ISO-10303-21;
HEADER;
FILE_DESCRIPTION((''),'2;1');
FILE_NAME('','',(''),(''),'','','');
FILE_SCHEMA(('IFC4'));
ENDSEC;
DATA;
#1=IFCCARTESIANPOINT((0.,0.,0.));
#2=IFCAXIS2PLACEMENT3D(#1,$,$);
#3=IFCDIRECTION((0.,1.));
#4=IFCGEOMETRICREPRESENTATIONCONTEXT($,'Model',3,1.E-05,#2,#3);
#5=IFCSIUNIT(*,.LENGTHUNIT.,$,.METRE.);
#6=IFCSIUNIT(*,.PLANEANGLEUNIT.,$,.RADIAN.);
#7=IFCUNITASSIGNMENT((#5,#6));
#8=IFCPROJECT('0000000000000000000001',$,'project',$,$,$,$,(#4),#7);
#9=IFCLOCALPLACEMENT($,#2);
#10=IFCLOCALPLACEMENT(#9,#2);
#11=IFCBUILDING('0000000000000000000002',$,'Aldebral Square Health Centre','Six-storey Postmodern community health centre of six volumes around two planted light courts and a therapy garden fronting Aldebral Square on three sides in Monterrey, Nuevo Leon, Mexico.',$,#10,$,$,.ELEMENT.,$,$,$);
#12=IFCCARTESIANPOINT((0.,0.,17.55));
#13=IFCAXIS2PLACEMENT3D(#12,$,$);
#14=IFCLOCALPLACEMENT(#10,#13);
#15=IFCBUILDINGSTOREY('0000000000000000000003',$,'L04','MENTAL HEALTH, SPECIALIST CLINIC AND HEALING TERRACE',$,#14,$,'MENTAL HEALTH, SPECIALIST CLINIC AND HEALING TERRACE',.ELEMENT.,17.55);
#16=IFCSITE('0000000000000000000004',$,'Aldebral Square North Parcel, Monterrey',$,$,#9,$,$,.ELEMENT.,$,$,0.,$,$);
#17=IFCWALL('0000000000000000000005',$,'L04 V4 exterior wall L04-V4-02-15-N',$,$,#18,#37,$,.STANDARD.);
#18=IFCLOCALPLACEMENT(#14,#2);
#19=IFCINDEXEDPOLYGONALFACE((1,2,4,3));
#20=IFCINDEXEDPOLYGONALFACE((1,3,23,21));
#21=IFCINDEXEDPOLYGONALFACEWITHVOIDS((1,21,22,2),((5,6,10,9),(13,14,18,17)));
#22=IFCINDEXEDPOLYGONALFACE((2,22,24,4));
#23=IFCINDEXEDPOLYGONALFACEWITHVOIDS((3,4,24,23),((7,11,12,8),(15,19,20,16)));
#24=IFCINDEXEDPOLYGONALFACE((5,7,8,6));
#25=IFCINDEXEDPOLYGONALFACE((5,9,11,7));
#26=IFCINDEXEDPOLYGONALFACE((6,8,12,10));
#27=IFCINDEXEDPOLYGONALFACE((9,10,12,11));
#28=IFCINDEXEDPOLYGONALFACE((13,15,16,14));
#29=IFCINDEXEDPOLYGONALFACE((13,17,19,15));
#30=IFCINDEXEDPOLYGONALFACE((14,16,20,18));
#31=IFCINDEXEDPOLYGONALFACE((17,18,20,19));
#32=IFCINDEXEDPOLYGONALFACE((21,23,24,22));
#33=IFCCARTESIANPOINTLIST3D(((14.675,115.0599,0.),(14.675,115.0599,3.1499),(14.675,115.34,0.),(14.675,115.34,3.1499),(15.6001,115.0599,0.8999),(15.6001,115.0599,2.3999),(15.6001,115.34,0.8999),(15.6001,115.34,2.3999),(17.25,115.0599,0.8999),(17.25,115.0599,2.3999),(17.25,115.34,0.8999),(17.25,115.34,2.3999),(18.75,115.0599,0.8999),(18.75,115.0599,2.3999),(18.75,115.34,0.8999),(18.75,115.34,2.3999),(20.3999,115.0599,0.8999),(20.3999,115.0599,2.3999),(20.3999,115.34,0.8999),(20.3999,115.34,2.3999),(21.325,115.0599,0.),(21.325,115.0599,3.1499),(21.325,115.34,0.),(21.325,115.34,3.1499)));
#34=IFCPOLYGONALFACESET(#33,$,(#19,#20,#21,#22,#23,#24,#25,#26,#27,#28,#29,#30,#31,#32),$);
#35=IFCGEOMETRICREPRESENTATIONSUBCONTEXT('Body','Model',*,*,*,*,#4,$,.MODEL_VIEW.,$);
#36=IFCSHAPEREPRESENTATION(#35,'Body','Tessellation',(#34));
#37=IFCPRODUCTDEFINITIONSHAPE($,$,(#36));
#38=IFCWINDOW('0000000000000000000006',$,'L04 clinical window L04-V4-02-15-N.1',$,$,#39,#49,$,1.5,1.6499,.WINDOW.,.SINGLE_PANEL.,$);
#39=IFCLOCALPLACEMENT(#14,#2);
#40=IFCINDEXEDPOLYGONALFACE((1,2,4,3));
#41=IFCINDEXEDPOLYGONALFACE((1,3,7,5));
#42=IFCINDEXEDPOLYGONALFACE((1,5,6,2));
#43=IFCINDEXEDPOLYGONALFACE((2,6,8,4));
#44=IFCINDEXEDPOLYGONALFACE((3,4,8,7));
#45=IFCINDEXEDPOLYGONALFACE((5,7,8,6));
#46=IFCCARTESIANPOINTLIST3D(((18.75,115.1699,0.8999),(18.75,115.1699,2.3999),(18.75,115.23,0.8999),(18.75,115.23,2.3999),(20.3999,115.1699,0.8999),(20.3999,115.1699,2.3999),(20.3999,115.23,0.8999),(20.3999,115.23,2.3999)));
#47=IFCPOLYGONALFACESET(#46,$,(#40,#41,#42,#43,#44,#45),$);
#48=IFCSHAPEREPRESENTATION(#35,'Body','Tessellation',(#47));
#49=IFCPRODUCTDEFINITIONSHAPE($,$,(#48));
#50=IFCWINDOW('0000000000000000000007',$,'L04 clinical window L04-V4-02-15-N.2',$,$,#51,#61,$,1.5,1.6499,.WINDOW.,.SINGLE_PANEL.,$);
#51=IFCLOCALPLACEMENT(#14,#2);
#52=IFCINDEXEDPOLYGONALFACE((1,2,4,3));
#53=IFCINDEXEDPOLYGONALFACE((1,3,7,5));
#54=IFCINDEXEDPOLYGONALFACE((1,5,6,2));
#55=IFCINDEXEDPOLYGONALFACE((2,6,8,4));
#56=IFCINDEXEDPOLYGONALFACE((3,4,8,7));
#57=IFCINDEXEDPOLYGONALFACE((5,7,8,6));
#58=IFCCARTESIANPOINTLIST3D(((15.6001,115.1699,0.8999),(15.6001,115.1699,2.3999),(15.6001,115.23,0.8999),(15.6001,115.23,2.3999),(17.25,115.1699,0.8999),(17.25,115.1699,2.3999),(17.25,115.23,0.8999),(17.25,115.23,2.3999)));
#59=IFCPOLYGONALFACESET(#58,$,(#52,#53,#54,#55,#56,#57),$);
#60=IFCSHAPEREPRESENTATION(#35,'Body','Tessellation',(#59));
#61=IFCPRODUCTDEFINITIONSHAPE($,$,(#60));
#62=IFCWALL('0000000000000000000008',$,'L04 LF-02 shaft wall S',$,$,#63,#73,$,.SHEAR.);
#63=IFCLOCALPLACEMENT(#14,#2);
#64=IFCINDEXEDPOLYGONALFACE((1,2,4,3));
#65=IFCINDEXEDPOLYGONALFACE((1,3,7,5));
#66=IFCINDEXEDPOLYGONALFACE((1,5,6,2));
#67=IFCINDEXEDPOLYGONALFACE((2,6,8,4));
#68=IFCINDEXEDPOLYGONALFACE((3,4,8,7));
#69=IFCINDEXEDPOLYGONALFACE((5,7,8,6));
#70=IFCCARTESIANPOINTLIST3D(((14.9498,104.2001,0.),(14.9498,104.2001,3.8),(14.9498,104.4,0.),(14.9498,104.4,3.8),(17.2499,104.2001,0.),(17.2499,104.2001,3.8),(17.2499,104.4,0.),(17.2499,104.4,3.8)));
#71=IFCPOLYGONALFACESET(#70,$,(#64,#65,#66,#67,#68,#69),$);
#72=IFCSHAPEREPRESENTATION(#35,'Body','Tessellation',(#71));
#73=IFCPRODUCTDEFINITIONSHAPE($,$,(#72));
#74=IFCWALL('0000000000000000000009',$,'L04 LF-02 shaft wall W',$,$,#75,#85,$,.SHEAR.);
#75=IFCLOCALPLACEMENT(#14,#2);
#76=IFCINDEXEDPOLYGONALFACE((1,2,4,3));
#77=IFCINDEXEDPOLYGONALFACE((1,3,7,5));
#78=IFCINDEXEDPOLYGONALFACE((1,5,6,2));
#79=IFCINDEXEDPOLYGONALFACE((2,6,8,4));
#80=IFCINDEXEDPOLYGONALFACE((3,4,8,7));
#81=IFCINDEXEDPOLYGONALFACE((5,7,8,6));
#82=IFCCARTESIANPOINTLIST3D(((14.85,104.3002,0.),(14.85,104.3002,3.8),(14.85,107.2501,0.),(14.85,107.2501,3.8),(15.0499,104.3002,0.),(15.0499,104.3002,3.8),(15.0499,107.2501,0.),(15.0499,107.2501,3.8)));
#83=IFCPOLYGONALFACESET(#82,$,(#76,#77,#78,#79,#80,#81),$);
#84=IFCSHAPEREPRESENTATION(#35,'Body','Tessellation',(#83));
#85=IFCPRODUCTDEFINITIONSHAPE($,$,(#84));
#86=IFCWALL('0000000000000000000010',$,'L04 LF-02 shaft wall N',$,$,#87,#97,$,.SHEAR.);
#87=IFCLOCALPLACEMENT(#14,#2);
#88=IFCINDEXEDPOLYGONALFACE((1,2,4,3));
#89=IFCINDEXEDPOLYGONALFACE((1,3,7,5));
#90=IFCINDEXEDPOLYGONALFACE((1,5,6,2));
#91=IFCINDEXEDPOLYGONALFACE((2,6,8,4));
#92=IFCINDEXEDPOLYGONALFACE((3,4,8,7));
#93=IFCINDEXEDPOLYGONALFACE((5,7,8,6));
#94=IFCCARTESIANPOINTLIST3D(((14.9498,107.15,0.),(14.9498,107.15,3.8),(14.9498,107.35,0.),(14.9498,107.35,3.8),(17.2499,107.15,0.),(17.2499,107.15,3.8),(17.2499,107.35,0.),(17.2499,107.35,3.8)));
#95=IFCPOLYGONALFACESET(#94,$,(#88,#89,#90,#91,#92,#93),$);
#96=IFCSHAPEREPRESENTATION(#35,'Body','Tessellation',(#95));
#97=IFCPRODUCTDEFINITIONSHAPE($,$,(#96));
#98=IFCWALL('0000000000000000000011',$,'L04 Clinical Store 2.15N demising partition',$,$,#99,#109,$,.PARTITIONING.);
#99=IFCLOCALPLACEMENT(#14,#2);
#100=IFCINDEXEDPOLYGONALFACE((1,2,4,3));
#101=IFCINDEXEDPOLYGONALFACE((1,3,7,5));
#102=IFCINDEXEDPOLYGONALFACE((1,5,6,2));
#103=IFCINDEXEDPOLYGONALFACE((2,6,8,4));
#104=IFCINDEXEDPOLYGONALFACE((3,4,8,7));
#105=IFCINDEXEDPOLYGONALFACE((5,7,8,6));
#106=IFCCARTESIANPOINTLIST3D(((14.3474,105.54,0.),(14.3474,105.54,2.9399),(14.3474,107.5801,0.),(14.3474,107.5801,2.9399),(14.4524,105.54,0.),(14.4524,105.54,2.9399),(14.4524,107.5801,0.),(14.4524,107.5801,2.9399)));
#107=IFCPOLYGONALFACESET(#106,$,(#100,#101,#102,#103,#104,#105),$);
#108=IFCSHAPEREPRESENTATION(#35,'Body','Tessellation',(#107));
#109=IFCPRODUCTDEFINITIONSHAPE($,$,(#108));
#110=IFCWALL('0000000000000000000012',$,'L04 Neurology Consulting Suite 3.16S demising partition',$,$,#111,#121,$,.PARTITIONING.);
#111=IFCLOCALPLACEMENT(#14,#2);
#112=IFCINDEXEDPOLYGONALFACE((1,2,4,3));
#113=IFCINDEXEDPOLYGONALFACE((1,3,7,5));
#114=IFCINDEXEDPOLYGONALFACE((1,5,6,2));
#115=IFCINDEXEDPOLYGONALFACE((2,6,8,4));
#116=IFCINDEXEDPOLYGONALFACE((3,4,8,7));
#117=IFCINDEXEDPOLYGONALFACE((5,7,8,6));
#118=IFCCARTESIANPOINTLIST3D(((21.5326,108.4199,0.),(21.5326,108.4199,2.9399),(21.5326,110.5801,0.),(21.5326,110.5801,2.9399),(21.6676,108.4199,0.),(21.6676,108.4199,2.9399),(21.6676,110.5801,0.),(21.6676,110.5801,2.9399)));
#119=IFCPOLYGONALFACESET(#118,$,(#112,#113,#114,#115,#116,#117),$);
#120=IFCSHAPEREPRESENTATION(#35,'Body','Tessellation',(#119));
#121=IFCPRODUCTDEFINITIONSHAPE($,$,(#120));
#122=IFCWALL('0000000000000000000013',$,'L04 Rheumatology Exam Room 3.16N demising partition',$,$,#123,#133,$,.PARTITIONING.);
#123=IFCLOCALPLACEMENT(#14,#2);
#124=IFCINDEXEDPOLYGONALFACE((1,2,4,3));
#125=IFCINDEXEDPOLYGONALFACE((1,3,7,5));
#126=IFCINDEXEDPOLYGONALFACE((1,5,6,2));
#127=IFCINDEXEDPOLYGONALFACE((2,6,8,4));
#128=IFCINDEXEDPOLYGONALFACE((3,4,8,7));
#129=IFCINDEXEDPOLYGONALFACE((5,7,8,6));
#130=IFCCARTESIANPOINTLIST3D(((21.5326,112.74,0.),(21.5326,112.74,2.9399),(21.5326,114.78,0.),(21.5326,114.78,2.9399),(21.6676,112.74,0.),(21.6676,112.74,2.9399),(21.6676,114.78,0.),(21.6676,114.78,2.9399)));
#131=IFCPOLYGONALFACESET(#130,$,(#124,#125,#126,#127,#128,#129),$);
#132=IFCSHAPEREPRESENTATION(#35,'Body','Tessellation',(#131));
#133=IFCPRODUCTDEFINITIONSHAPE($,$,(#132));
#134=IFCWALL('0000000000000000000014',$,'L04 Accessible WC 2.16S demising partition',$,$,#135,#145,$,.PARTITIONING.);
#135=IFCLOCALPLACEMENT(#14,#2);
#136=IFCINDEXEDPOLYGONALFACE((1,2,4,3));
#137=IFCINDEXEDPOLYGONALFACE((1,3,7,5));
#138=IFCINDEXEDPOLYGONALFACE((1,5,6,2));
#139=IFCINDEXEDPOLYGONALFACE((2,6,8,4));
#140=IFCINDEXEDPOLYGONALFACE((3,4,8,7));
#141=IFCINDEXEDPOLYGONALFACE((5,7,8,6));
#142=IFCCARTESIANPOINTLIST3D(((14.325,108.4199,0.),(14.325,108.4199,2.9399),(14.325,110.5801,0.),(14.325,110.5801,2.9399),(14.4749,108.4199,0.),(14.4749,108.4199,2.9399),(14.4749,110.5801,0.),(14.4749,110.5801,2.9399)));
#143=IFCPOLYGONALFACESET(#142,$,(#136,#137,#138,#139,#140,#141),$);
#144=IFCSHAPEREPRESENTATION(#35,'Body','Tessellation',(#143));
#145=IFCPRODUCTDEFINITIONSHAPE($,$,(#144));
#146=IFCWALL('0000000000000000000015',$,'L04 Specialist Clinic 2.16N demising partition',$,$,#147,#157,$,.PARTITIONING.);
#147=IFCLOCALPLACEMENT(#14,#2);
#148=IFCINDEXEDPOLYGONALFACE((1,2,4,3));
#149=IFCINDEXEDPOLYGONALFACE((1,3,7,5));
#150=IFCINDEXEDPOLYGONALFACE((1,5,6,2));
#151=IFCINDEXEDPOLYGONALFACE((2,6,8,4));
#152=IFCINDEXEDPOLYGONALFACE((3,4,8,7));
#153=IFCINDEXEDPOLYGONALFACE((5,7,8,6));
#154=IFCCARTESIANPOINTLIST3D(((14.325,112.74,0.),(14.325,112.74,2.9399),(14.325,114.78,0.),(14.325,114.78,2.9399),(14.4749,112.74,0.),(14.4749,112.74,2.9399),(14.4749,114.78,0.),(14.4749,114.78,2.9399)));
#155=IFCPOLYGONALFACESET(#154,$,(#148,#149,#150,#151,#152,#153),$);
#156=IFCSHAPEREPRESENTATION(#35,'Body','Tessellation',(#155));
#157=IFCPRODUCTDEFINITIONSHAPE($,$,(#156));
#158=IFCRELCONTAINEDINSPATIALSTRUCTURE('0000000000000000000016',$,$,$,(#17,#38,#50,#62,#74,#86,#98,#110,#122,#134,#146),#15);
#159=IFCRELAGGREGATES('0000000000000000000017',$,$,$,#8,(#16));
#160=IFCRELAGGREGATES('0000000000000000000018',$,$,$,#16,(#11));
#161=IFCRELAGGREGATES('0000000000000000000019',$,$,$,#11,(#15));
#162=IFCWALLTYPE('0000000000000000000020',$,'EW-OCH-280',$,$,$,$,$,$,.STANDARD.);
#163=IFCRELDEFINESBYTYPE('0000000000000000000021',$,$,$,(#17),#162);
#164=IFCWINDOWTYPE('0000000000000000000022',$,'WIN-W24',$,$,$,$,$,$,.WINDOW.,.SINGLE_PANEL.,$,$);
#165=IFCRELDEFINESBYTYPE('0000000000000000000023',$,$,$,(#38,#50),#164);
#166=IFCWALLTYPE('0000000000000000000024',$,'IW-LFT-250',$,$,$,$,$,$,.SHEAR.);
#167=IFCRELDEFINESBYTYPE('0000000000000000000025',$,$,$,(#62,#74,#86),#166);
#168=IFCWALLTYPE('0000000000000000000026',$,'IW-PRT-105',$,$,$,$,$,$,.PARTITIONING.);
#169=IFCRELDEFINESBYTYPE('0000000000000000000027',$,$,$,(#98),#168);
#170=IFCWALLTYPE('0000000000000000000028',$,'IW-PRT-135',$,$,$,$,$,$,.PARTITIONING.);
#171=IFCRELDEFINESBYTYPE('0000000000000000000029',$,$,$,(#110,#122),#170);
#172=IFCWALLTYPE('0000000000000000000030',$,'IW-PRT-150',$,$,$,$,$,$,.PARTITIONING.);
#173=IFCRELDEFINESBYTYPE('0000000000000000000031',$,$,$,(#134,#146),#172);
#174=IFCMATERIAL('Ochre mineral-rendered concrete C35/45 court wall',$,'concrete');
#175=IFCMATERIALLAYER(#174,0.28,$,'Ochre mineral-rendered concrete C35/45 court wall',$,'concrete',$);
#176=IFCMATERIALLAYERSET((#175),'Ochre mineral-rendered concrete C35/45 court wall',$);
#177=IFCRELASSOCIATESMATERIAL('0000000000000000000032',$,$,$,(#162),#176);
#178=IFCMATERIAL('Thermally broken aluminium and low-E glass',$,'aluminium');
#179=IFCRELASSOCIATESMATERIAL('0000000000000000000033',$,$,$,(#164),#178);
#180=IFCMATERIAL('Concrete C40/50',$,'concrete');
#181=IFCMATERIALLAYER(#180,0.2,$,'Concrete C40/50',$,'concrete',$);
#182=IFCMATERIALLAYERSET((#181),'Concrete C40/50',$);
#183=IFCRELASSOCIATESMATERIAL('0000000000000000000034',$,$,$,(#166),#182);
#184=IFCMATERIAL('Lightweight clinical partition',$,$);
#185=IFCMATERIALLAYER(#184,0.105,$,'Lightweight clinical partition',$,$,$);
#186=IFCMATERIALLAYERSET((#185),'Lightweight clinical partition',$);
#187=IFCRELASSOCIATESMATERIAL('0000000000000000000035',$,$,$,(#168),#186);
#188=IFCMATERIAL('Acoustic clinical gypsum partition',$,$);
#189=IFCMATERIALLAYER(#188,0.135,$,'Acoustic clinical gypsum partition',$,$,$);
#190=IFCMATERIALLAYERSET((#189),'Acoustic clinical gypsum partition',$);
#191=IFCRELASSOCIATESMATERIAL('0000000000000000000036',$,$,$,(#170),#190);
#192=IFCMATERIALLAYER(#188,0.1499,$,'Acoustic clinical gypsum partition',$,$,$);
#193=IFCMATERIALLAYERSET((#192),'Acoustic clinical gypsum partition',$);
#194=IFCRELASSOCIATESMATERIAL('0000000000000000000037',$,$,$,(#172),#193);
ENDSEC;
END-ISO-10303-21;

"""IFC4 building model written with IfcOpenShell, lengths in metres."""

from ifc_helpers import new_model, si_unit, direction, frame, frame_2d, origin, place, context, subcontext, project, spatial, rectangle, extrude, material, layer, layer_set, type_object, element, fill, save


model = new_model("IFC4")

# Units and contexts
model_context = context("Model", 3, precision=1e-05, world=origin(), true_north=direction((0.0, 1.0)))
body_context = subcontext(model_context, "Body", "Model", "MODEL_VIEW")
ifc_project = project(units=[si_unit("LENGTHUNIT", "METRE"), si_unit("PLANEANGLEUNIT", "RADIAN")], contexts=[model_context])

# Site, building, storey
site_placement = place(None, origin())
site = spatial("IfcSite", under=ifc_project, at=site_placement, Name="Aldebral Square North Parcel, Monterrey", CompositionType="ELEMENT", RefElevation=0.0)
building_placement = place(site_placement, origin())
building = spatial("IfcBuilding", under=site, at=building_placement, Name="Aldebral Square Health Centre", Description="Six-storey Postmodern community health centre of six volumes around two planted light courts and a therapy garden fronting Aldebral Square on three sides in Monterrey, Nuevo Leon, Mexico.", CompositionType="ELEMENT")
storey_placement = place(building_placement, frame((0.0, 0.0, 17.55)))
storey = spatial("IfcBuildingStorey", under=building, at=storey_placement, Name="L04", Description="MENTAL HEALTH, SPECIALIST CLINIC AND HEALING TERRACE", LongName="MENTAL HEALTH, SPECIALIST CLINIC AND HEALING TERRACE", CompositionType="ELEMENT", Elevation=17.55)

# Shared definitions
ifc_material_1 = material(Name="Concrete C40/50", Category="concrete")

# Wall, openings, windows
ifc_material_2 = material(Name="Ochre mineral-rendered concrete C35/45 court wall", Category="concrete")
ifc_layer_1 = layer(ifc_material_2, 0.28, Name="Ochre mineral-rendered concrete C35/45 court wall", Category="concrete")
ifc_layer_set_1 = layer_set([ifc_layer_1], Name="Ochre mineral-rendered concrete C35/45 court wall")
wall_type_1 = type_object("IfcWallType", Name="EW-OCH-280", PredefinedType="STANDARD", material=ifc_layer_set_1)
ifc_material_3 = material(Name="Thermally broken aluminium and low-E glass", Category="aluminium")
wall_1_placement = place(storey_placement, frame((21.325, 115.2, 0.0), z_axis=(0.0, 0.0, 1.0), x_axis=(-1.0, 0.0, 0.0)))
wall_1 = element("IfcWall", 1, at=wall_1_placement, inside=storey, type_object=wall_type_1, Name="L04 V4 exterior wall L04-V4-02-15-N", PredefinedType="STANDARD", context=body_context, shape_type="SweptSolid", body=[
    extrude(rectangle(XDim=6.6499, YDim=0.28, at=frame_2d((3.325, 0.0))), origin(), (0.0, 0.0, 1.0), 3.1499),
])
opening_1_placement = place(wall_1_placement, frame((0.925, 0.0, 0.8999)))
opening_1 = element("IfcOpeningElement", 2, at=opening_1_placement, cuts=wall_1, PredefinedType="OPENING", context=body_context, shape_type="SweptSolid", body=[
    extrude(rectangle(XDim=1.6499, YDim=1.5, at=frame_2d((0.825, 0.75))), frame((0.0, 0.1499, 0.0), z_axis=(0.0, -1.0, 0.0), x_axis=(1.0, 0.0, 0.0)), (0.0, 0.0, 1.0), 0.3),
])
opening_2_placement = place(wall_1_placement, frame((4.075, 0.0, 0.8999)))
opening_2 = element("IfcOpeningElement", 3, at=opening_2_placement, cuts=wall_1, PredefinedType="OPENING", context=body_context, shape_type="SweptSolid", body=[
    extrude(rectangle(XDim=1.6499, YDim=1.5, at=frame_2d((0.825, 0.75))), frame((0.0, 0.1499, 0.0), z_axis=(0.0, -1.0, 0.0), x_axis=(1.0, 0.0, 0.0)), (0.0, 0.0, 1.0), 0.3),
])
window_type_1 = type_object("IfcWindowType", Name="WIN-W24", PartitioningType="SINGLE_PANEL", PredefinedType="WINDOW", material=ifc_material_3)
window_1_placement = place(opening_1_placement, origin())
window_1 = element("IfcWindow", 4, at=window_1_placement, inside=storey, type_object=window_type_1, Name="L04 clinical window L04-V4-02-15-N.1", OverallHeight=1.5, OverallWidth=1.6499, PartitioningType="SINGLE_PANEL", PredefinedType="WINDOW", context=body_context, shape_type="SweptSolid", body=[
    extrude(rectangle(XDim=1.6499, YDim=1.5, at=frame_2d((0.825, 0.75))), frame((0.0, 0.03, 0.0), z_axis=(0.0, -1.0, 0.0), x_axis=(1.0, 0.0, 0.0)), (0.0, 0.0, 1.0), 0.0601),
])
fill(opening_1, window_1)
window_2_placement = place(opening_2_placement, origin())
window_2 = element("IfcWindow", 5, at=window_2_placement, inside=storey, type_object=window_type_1, Name="L04 clinical window L04-V4-02-15-N.2", OverallHeight=1.5, OverallWidth=1.6499, PartitioningType="SINGLE_PANEL", PredefinedType="WINDOW", context=body_context, shape_type="SweptSolid", body=[
    extrude(rectangle(XDim=1.6499, YDim=1.5, at=frame_2d((0.825, 0.75))), frame((0.0, 0.03, 0.0), z_axis=(0.0, -1.0, 0.0), x_axis=(1.0, 0.0, 0.0)), (0.0, 0.0, 1.0), 0.0601),
])
fill(opening_2, window_2)

# Walls
ifc_layer_2 = layer(ifc_material_1, 0.2, Name="Concrete C40/50", Category="concrete")
ifc_layer_set_2 = layer_set([ifc_layer_2], Name="Concrete C40/50")
wall_type_2 = type_object("IfcWallType", Name="IW-LFT-250", PredefinedType="SHEAR", material=ifc_layer_set_2)
wall_2_placement = place(storey_placement, frame((14.95, 104.3, 0.0), z_axis=(0.0, 0.0, 1.0), x_axis=(1.0, 0.0, 0.0)))
element("IfcWall", 6, at=wall_2_placement, inside=storey, type_object=wall_type_2, Name="L04 LF-02 shaft wall S", PredefinedType="SHEAR", context=body_context, shape_type="SweptSolid", body=[
    extrude(rectangle(XDim=2.3, YDim=0.2, at=frame_2d((1.1499, 0.0))), origin(), (0.0, 0.0, 1.0), 3.8),
])
wall_3_placement = place(storey_placement, frame((14.95, 104.3, 0.0), z_axis=(0.0, 0.0, 1.0), x_axis=(0.0, 1.0, 0.0)))
element("IfcWall", 7, at=wall_3_placement, inside=storey, type_object=wall_type_2, Name="L04 LF-02 shaft wall W", PredefinedType="SHEAR", context=body_context, shape_type="SweptSolid", body=[
    extrude(rectangle(XDim=2.95, YDim=0.2, at=frame_2d((1.4751, 0.0))), origin(), (0.0, 0.0, 1.0), 3.8),
])
wall_4_placement = place(storey_placement, frame((14.95, 107.25, 0.0), z_axis=(0.0, 0.0, 1.0), x_axis=(1.0, 0.0, 0.0)))
element("IfcWall", 8, at=wall_4_placement, inside=storey, type_object=wall_type_2, Name="L04 LF-02 shaft wall N", PredefinedType="SHEAR", context=body_context, shape_type="SweptSolid", body=[
    extrude(rectangle(XDim=2.3, YDim=0.2, at=frame_2d((1.1499, 0.0))), origin(), (0.0, 0.0, 1.0), 3.8),
])

# Walls
ifc_material_4 = material(Name="Lightweight clinical partition")
ifc_layer_3 = layer(ifc_material_4, 0.105, Name="Lightweight clinical partition")
ifc_layer_set_3 = layer_set([ifc_layer_3], Name="Lightweight clinical partition")
wall_type_3 = type_object("IfcWallType", Name="IW-PRT-105", PredefinedType="PARTITIONING", material=ifc_layer_set_3)
wall_5_placement = place(storey_placement, frame((14.3999, 105.54, 0.0), z_axis=(0.0, 0.0, 1.0), x_axis=(0.0, 1.0, 0.0)))
element("IfcWall", 9, at=wall_5_placement, inside=storey, type_object=wall_type_3, Name="L04 Clinical Store 2.15N demising partition", PredefinedType="PARTITIONING", context=body_context, shape_type="SweptSolid", body=[
    extrude(rectangle(XDim=2.04, YDim=0.105, at=frame_2d((1.02, 0.0))), origin(), (0.0, 0.0, 1.0), 2.9399),
])
ifc_material_5 = material(Name="Acoustic clinical gypsum partition")
ifc_layer_4 = layer(ifc_material_5, 0.135, Name="Acoustic clinical gypsum partition")
ifc_layer_set_4 = layer_set([ifc_layer_4], Name="Acoustic clinical gypsum partition")
wall_type_4 = type_object("IfcWallType", Name="IW-PRT-135", PredefinedType="PARTITIONING", material=ifc_layer_set_4)
wall_6_placement = place(storey_placement, frame((21.6001, 108.4199, 0.0), z_axis=(0.0, 0.0, 1.0), x_axis=(0.0, 1.0, 0.0)))
element("IfcWall", 10, at=wall_6_placement, inside=storey, type_object=wall_type_4, Name="L04 Neurology Consulting Suite 3.16S demising partition", PredefinedType="PARTITIONING", context=body_context, shape_type="SweptSolid", body=[
    extrude(rectangle(XDim=2.1602, YDim=0.135, at=frame_2d((1.0801, 0.0))), origin(), (0.0, 0.0, 1.0), 2.9399),
])
wall_7_placement = place(storey_placement, frame((21.6001, 112.74, 0.0), z_axis=(0.0, 0.0, 1.0), x_axis=(0.0, 1.0, 0.0)))
element("IfcWall", 11, at=wall_7_placement, inside=storey, type_object=wall_type_4, Name="L04 Rheumatology Exam Room 3.16N demising partition", PredefinedType="PARTITIONING", context=body_context, shape_type="SweptSolid", body=[
    extrude(rectangle(XDim=2.04, YDim=0.135, at=frame_2d((1.02, 0.0))), origin(), (0.0, 0.0, 1.0), 2.9399),
])
ifc_layer_5 = layer(ifc_material_5, 0.1499, Name="Acoustic clinical gypsum partition")
ifc_layer_set_5 = layer_set([ifc_layer_5], Name="Acoustic clinical gypsum partition")
wall_type_5 = type_object("IfcWallType", Name="IW-PRT-150", PredefinedType="PARTITIONING", material=ifc_layer_set_5)
wall_8_placement = place(storey_placement, frame((14.3999, 108.4199, 0.0), z_axis=(0.0, 0.0, 1.0), x_axis=(0.0, 1.0, 0.0)))
element("IfcWall", 12, at=wall_8_placement, inside=storey, type_object=wall_type_5, Name="L04 Accessible WC 2.16S demising partition", PredefinedType="PARTITIONING", context=body_context, shape_type="SweptSolid", body=[
    extrude(rectangle(XDim=2.1602, YDim=0.1499, at=frame_2d((1.0801, 0.0))), origin(), (0.0, 0.0, 1.0), 2.9399),
])
wall_9_placement = place(storey_placement, frame((14.3999, 112.74, 0.0), z_axis=(0.0, 0.0, 1.0), x_axis=(0.0, 1.0, 0.0)))
element("IfcWall", 13, at=wall_9_placement, inside=storey, type_object=wall_type_5, Name="L04 Specialist Clinic 2.16N demising partition", PredefinedType="PARTITIONING", context=body_context, shape_type="SweptSolid", body=[
    extrude(rectangle(XDim=2.04, YDim=0.1499, at=frame_2d((1.02, 0.0))), origin(), (0.0, 0.0, 1.0), 2.9399),
])

save(model, "model.ifc")
